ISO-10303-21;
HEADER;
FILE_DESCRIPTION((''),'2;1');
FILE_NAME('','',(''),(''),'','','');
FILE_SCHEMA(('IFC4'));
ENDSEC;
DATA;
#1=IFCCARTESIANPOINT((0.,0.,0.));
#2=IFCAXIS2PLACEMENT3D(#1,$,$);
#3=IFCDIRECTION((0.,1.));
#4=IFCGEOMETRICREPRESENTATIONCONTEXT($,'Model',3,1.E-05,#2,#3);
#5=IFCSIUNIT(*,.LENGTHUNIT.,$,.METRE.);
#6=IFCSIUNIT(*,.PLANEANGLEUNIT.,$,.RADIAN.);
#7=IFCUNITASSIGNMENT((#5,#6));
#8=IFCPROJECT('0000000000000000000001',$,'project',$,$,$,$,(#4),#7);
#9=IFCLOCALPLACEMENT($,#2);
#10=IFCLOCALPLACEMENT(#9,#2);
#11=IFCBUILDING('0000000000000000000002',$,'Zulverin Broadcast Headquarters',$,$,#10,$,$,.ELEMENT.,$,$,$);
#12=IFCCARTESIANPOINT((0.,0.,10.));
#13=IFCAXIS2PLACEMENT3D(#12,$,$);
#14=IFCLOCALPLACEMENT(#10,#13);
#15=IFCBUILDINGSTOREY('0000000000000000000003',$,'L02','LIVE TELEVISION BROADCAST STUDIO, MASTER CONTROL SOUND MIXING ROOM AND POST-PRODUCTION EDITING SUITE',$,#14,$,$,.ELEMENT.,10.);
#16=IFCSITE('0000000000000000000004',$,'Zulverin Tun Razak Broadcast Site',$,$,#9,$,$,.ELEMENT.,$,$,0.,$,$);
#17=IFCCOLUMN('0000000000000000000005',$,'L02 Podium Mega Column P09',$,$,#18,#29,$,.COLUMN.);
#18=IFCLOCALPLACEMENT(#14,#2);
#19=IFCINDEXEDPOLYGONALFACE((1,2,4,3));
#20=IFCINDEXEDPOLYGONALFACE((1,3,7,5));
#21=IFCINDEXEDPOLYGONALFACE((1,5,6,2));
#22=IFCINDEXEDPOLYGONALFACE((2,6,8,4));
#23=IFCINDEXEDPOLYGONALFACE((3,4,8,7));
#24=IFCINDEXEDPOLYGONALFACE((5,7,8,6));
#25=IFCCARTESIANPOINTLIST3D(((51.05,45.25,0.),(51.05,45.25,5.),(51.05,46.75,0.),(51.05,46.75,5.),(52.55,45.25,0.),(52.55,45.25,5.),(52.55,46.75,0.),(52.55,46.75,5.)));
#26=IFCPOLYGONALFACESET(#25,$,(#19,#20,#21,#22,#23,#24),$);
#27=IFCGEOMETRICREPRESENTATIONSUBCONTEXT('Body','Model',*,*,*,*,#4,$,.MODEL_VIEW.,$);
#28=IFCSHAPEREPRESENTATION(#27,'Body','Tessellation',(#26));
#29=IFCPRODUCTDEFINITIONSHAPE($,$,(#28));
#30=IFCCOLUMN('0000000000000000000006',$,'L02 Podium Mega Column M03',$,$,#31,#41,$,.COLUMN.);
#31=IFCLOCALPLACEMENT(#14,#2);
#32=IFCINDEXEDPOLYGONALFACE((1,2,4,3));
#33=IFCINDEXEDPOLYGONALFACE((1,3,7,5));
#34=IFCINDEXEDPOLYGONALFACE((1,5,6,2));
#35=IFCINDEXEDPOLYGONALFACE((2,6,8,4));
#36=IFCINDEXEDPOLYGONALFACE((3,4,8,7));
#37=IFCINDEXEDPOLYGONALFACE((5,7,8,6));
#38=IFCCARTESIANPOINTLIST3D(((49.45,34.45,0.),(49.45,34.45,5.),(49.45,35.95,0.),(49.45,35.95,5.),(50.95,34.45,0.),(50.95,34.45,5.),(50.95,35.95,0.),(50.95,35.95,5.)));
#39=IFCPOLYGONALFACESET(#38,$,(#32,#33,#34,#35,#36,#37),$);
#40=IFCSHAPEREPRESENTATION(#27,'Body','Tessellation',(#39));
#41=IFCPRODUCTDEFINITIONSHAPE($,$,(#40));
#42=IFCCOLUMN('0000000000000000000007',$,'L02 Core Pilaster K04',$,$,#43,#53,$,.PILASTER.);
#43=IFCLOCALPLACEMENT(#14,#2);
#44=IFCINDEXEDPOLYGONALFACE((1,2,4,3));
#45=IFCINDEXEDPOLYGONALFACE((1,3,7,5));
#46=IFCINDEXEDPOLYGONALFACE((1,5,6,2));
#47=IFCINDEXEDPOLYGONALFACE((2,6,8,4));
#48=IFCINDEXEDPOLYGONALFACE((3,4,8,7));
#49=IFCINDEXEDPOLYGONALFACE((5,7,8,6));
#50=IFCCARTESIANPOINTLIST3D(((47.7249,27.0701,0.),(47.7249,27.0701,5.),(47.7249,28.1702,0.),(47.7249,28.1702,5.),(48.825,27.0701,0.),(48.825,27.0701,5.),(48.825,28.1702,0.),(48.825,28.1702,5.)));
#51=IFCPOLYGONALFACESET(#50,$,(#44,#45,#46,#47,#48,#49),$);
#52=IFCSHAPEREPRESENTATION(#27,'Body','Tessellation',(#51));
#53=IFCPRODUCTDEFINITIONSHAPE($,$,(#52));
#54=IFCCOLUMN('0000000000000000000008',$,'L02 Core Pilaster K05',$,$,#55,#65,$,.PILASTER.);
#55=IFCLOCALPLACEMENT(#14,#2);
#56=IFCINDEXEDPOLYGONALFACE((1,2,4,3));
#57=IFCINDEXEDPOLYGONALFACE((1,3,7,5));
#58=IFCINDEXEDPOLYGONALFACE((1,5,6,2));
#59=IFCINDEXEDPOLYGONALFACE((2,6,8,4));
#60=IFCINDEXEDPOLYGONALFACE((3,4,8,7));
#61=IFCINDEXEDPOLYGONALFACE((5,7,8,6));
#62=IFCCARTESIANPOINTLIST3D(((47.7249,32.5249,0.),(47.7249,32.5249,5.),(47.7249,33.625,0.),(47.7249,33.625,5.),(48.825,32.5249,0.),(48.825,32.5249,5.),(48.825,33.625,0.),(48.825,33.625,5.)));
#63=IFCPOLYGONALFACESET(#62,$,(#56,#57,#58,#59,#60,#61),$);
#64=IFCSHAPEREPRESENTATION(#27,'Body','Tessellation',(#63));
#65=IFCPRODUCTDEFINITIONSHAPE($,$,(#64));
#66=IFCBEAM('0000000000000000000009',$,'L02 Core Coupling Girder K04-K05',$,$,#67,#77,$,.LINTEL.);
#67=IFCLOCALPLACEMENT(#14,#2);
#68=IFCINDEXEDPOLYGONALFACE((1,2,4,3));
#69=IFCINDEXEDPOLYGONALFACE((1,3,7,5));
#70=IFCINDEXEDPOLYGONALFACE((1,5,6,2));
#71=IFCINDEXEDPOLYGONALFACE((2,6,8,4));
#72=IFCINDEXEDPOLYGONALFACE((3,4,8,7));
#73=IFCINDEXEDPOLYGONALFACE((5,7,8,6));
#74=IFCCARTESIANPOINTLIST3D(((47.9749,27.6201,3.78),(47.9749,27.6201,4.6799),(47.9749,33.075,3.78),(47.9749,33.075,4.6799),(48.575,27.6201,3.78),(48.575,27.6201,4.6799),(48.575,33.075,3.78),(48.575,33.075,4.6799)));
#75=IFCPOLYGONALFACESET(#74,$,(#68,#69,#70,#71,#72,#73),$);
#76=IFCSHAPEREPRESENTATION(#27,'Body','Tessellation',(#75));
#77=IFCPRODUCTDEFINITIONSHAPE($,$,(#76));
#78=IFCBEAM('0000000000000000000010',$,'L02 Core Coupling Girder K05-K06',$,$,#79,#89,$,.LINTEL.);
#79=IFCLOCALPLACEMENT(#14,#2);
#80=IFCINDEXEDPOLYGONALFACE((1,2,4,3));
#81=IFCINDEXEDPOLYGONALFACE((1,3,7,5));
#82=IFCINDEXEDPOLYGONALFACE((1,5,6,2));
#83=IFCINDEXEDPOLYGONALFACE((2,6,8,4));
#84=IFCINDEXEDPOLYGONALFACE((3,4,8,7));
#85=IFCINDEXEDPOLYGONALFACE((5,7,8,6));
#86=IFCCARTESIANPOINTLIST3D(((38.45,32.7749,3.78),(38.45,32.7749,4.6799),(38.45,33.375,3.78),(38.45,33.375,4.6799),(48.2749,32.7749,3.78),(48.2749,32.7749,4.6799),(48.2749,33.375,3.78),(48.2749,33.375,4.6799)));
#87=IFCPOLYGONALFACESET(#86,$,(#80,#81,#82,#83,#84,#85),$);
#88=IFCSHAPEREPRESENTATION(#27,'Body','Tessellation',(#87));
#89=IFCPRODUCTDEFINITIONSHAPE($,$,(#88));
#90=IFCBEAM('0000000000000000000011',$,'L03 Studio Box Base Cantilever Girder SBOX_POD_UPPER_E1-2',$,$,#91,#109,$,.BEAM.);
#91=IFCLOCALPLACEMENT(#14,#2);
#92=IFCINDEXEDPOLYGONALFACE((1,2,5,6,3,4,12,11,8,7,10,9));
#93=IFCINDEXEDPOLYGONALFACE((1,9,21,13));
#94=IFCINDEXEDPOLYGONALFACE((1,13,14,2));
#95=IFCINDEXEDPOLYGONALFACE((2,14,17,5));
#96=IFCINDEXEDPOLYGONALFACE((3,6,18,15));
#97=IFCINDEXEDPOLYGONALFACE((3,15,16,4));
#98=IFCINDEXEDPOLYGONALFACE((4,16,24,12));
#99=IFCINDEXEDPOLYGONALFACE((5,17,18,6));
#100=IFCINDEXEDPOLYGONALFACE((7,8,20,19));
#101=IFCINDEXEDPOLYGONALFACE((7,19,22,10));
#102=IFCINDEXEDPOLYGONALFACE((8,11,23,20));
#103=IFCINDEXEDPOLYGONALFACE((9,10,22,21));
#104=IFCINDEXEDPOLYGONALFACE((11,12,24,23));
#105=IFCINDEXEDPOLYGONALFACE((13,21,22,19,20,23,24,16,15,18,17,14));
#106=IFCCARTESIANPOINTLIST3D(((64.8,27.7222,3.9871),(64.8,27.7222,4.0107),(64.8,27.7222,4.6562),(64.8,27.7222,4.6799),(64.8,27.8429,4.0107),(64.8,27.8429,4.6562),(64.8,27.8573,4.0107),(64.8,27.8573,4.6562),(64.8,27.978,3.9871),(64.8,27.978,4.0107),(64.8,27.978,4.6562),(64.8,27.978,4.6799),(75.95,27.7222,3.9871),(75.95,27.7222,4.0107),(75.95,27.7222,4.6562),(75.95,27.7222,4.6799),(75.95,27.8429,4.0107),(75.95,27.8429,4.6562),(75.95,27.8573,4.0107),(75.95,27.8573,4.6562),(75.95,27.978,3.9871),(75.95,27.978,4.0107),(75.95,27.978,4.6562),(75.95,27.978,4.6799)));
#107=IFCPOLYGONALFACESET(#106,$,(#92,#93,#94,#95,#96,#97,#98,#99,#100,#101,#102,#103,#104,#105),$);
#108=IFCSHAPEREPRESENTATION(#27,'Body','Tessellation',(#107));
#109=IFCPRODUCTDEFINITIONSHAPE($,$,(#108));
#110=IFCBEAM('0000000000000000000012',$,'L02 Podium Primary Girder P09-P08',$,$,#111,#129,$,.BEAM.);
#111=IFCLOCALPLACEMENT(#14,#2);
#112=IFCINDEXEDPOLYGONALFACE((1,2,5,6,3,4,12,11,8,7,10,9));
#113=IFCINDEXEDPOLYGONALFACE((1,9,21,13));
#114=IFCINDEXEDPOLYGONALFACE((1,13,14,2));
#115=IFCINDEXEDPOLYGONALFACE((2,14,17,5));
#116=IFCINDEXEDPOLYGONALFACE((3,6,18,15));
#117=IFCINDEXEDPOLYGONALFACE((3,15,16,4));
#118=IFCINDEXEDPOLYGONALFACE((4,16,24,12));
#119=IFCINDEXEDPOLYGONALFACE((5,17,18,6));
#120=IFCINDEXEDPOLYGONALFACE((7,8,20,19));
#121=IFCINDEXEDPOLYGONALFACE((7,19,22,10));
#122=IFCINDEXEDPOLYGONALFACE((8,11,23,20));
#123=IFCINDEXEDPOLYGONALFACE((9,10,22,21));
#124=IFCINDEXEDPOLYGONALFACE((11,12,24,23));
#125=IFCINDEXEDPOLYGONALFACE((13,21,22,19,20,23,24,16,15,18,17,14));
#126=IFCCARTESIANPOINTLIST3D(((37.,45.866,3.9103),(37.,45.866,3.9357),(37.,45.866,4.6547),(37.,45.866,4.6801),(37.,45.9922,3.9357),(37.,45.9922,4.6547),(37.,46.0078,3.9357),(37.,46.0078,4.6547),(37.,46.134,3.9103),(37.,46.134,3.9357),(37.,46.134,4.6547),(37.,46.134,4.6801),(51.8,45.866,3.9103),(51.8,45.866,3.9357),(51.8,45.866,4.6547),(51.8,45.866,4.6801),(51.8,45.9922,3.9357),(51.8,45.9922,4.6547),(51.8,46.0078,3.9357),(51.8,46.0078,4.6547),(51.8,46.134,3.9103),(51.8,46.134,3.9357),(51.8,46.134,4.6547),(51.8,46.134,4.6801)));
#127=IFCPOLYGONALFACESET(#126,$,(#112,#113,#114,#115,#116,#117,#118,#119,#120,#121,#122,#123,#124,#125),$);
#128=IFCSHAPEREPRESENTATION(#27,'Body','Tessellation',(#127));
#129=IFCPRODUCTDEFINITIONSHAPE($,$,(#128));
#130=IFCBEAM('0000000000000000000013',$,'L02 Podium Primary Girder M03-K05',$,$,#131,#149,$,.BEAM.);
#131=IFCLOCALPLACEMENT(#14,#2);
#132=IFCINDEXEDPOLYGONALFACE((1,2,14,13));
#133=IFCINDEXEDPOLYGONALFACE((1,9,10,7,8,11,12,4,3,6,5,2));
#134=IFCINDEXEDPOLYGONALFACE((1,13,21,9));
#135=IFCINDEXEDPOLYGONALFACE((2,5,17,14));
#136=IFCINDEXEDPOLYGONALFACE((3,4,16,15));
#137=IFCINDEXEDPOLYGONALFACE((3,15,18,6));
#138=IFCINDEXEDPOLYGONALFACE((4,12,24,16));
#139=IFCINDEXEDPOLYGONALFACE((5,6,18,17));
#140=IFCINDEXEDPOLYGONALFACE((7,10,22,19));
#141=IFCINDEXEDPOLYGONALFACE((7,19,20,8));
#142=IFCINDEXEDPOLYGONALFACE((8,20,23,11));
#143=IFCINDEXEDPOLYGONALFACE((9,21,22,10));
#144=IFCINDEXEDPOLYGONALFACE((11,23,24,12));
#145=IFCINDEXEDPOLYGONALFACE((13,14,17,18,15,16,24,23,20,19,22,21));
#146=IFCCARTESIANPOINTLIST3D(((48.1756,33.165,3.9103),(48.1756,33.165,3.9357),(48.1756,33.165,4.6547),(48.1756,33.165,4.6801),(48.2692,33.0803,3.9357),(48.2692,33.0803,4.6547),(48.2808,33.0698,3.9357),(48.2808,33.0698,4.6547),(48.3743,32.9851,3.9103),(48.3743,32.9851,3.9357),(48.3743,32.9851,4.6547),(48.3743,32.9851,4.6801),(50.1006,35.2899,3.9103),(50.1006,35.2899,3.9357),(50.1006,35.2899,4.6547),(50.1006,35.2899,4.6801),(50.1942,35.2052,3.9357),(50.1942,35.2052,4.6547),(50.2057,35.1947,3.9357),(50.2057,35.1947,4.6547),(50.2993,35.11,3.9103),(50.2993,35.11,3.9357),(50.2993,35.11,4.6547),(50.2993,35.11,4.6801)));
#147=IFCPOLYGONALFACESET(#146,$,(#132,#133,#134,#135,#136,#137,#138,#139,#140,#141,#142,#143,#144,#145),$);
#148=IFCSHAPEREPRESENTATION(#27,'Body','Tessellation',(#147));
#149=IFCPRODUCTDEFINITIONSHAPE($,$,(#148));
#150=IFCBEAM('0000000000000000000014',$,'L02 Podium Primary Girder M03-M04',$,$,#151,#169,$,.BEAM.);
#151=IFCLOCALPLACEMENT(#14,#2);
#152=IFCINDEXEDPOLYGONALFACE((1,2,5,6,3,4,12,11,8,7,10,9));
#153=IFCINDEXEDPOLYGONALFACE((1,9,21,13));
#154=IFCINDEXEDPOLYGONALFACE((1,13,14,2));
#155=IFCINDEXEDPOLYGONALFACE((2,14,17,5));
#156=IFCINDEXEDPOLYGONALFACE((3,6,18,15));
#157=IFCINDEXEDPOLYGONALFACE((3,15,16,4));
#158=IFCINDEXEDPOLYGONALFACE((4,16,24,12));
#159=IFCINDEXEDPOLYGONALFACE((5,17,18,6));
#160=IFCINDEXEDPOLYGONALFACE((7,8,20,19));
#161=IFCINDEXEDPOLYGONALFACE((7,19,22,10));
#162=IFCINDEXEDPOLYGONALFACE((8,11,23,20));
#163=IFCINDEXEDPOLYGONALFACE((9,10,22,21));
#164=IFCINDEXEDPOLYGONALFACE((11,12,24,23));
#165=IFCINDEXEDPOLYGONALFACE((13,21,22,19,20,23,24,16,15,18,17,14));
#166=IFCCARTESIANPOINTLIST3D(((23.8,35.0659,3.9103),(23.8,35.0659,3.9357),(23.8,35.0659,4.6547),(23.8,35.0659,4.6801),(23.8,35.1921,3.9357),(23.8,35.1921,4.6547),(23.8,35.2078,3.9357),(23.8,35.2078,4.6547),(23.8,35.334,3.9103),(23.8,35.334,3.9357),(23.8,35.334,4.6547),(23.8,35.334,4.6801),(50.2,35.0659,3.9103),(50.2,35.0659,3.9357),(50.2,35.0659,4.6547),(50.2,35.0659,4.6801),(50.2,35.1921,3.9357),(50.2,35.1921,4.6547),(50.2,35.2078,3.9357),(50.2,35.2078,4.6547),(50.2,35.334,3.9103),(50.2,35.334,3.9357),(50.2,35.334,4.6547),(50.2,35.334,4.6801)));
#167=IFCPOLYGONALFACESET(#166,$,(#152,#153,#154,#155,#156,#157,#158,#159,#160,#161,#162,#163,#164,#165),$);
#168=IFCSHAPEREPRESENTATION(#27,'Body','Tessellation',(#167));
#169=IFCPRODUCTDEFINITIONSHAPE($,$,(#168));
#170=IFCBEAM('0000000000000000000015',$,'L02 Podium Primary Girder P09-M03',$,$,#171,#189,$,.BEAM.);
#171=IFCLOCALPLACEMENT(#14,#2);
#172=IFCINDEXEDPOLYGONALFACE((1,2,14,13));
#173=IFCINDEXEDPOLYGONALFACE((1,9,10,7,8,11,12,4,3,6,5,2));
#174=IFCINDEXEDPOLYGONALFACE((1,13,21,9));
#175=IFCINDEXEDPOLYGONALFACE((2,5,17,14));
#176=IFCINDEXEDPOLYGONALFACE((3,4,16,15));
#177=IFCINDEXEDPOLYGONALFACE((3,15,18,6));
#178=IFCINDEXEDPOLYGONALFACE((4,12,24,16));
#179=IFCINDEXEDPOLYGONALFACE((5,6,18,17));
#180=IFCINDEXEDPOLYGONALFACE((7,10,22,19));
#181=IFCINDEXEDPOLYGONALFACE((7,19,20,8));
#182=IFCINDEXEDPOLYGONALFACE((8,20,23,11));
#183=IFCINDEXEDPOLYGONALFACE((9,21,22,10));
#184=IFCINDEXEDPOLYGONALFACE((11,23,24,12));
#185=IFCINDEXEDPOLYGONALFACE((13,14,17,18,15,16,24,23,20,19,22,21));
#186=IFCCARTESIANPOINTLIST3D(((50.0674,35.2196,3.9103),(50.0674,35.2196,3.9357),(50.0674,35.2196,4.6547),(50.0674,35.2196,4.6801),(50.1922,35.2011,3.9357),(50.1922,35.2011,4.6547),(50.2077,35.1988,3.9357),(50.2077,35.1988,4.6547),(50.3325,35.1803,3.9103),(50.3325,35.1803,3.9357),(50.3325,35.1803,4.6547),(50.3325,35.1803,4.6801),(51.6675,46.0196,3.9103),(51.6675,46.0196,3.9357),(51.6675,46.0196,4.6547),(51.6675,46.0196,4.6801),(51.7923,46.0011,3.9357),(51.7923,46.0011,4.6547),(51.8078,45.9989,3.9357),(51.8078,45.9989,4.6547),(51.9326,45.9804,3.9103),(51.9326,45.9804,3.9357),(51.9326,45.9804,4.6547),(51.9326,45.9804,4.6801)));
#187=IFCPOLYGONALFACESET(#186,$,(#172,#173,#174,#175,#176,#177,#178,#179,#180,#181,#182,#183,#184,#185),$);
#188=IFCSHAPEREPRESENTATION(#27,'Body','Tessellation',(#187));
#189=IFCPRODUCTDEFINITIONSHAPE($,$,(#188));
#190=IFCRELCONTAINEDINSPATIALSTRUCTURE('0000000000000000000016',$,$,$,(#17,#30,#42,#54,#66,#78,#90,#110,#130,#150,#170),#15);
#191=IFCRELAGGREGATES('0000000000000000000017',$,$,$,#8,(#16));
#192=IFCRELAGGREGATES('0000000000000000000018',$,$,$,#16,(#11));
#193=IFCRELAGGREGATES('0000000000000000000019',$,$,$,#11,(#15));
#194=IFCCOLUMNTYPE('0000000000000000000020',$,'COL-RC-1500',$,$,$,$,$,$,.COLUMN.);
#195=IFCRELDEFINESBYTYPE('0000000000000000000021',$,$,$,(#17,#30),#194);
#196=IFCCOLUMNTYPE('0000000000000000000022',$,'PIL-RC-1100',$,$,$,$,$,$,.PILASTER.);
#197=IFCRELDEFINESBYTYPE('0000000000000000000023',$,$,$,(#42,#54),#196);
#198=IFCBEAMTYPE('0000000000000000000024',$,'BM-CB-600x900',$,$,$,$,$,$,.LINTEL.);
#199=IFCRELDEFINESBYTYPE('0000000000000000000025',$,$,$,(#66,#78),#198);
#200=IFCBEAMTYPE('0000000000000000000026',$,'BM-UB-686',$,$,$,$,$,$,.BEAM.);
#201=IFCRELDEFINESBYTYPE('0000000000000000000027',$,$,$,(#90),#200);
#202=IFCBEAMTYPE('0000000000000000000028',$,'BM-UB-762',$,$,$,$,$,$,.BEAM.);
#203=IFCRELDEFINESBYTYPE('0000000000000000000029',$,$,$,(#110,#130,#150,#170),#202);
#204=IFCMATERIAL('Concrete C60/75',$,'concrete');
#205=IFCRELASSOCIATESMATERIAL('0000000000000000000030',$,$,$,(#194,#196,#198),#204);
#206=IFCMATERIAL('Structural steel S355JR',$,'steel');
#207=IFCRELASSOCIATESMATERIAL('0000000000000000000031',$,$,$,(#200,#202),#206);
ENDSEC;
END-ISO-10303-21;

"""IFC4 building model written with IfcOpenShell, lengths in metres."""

from ifc_helpers import new_model, si_unit, direction, frame, origin, origin_2d, place, context, subcontext, project, spatial, rectangle, i_section, extrude, material, material_profile, profile_set, type_object, element, save


model = new_model("IFC4")

# Units and contexts
model_context = context("Model", 3, precision=1e-05, world=origin(), true_north=direction((0.0, 1.0)))
body_context = subcontext(model_context, "Body", "Model", "MODEL_VIEW")
ifc_project = project(units=[si_unit("LENGTHUNIT", "METRE"), si_unit("PLANEANGLEUNIT", "RADIAN")], contexts=[model_context])

# Site, building, storey
site_placement = place(None, origin())
site = spatial("IfcSite", under=ifc_project, at=site_placement, Name="Zulverin Tun Razak Broadcast Site", CompositionType="ELEMENT", RefElevation=0.0)
building_placement = place(site_placement, origin())
building = spatial("IfcBuilding", under=site, at=building_placement, Name="Zulverin Broadcast Headquarters", CompositionType="ELEMENT")
storey_placement = place(building_placement, frame((0.0, 0.0, 10.0)))
storey = spatial("IfcBuildingStorey", under=building, at=storey_placement, Name="L02", Description="LIVE TELEVISION BROADCAST STUDIO, MASTER CONTROL SOUND MIXING ROOM AND POST-PRODUCTION EDITING SUITE", CompositionType="ELEMENT", Elevation=10.0)

# Columns
ifc_material_1 = material(Name="Concrete C60/75", Category="concrete")
ifc_material_profile_1 = material_profile(ifc_material_1, rectangle(XDim=1.5, YDim=1.5, at=origin_2d()), Name="Concrete C60/75", Category="concrete")
ifc_profile_set_1 = profile_set([ifc_material_profile_1], Name="Concrete C60/75")
column_type_1 = type_object("IfcColumnType", Name="COL-RC-1500", PredefinedType="COLUMN", material=ifc_profile_set_1)
for number, where, z_axis, x_axis, name in (
    (1, (51.8, 46.0, 0.0), (0.0, 0.0, 1.0), (1.0, 0.0, 0.0), "L02 Podium Mega Column P09"),
    (2, (50.2, 35.2, 0.0), (0.0, 0.0, 1.0), (1.0, 0.0, 0.0), "L02 Podium Mega Column M03"),
):
    element("IfcColumn", number, at=place(storey_placement, frame(where, z_axis=z_axis, x_axis=x_axis)), inside=storey, type_object=column_type_1, Name=name, PredefinedType="COLUMN", context=body_context, shape_type="SweptSolid", body=[
        extrude(rectangle(XDim=1.5, YDim=1.5, at=origin_2d()), origin(), (0.0, 0.0, 1.0), 5.0),
    ])
ifc_material_profile_2 = material_profile(ifc_material_1, rectangle(XDim=1.1001, YDim=1.1001, at=origin_2d()), Name="Concrete C60/75", Category="concrete")
ifc_profile_set_2 = profile_set([ifc_material_profile_2], Name="Concrete C60/75")
column_type_2 = type_object("IfcColumnType", Name="PIL-RC-1100", PredefinedType="PILASTER", material=ifc_profile_set_2)
for number, where, z_axis, x_axis, name in (
    (3, (48.2749, 27.6201, 0.0), (0.0, 0.0, 1.0), (1.0, 0.0, 0.0), "L02 Core Pilaster K04"),
    (4, (48.2749, 33.075, 0.0), (0.0, 0.0, 1.0), (1.0, 0.0, 0.0), "L02 Core Pilaster K05"),
):
    element("IfcColumn", number, at=place(storey_placement, frame(where, z_axis=z_axis, x_axis=x_axis)), inside=storey, type_object=column_type_2, Name=name, PredefinedType="PILASTER", context=body_context, shape_type="SweptSolid", body=[
        extrude(rectangle(XDim=1.1001, YDim=1.1001, at=origin_2d()), origin(), (0.0, 0.0, 1.0), 5.0),
    ])

# Beams
ifc_material_profile_3 = material_profile(ifc_material_1, rectangle(XDim=0.6001, YDim=0.8999, at=origin_2d()), Name="Concrete C60/75", Category="concrete")
ifc_profile_set_3 = profile_set([ifc_material_profile_3], Name="Concrete C60/75")
beam_type_1 = type_object("IfcBeamType", Name="BM-CB-600x900", PredefinedType="LINTEL", material=ifc_profile_set_3)
beam_1_placement = place(storey_placement, frame((48.2749, 27.6201, 4.23), z_axis=(0.0, 1.0, 0.0), x_axis=(-1.0, 0.0, 0.0)))
element("IfcBeam", 5, at=beam_1_placement, inside=storey, type_object=beam_type_1, Name="L02 Core Coupling Girder K04-K05", PredefinedType="LINTEL", context=body_context, shape_type="SweptSolid", body=[
    extrude(rectangle(XDim=0.6001, YDim=0.8999, at=origin_2d()), origin(), (0.0, 0.0, 1.0), 5.4548),
])
beam_2_placement = place(storey_placement, frame((48.2749, 33.075, 4.23), z_axis=(-1.0, 0.0, 0.0), x_axis=(0.0, -1.0, 0.0)))
element("IfcBeam", 6, at=beam_2_placement, inside=storey, type_object=beam_type_1, Name="L02 Core Coupling Girder K05-K06", PredefinedType="LINTEL", context=body_context, shape_type="SweptSolid", body=[
    extrude(rectangle(XDim=0.6001, YDim=0.8999, at=origin_2d()), origin(), (0.0, 0.0, 1.0), 9.825),
])
ifc_material_2 = material(Name="Structural steel S355JR", Category="steel")
ifc_material_profile_4 = material_profile(ifc_material_2, i_section(OverallWidth=0.2559, OverallDepth=0.6929, WebThickness=0.0144, FlangeThickness=0.0237, at=origin_2d()), Name="Structural steel S355JR", Category="steel")
ifc_profile_set_4 = profile_set([ifc_material_profile_4], Name="Structural steel S355JR")
beam_type_2 = type_object("IfcBeamType", Name="BM-UB-686", PredefinedType="BEAM", material=ifc_profile_set_4)
beam_3_placement = place(storey_placement, frame((64.8, 27.8501, 4.3335), z_axis=(1.0, 0.0, 0.0), x_axis=(0.0, 1.0, 0.0)))
element("IfcBeam", 7, at=beam_3_placement, inside=storey, type_object=beam_type_2, Name="L03 Studio Box Base Cantilever Girder SBOX_POD_UPPER_E1-2", PredefinedType="BEAM", context=body_context, shape_type="SweptSolid", body=[
    extrude(i_section(OverallWidth=0.2559, OverallDepth=0.6929, WebThickness=0.0144, FlangeThickness=0.0237, at=origin_2d()), origin(), (0.0, 0.0, 1.0), 11.1499),
])
ifc_material_profile_5 = material_profile(ifc_material_2, i_section(OverallWidth=0.2681, OverallDepth=0.7698, WebThickness=0.0156, FlangeThickness=0.0254, at=origin_2d()), Name="Structural steel S355JR", Category="steel")
ifc_profile_set_5 = profile_set([ifc_material_profile_5], Name="Structural steel S355JR")
beam_type_3 = type_object("IfcBeamType", Name="BM-UB-762", PredefinedType="BEAM", material=ifc_profile_set_5)
beam_4_placement = place(storey_placement, frame((51.8, 46.0, 4.2952), z_axis=(-1.0, 0.0, 0.0), x_axis=(0.0, -1.0, 0.0)))
element("IfcBeam", 8, at=beam_4_placement, inside=storey, type_object=beam_type_3, Name="L02 Podium Primary Girder P09-P08", PredefinedType="BEAM", context=body_context, shape_type="SweptSolid", body=[
    extrude(i_section(OverallWidth=0.2681, OverallDepth=0.7698, WebThickness=0.0156, FlangeThickness=0.0254, at=origin_2d()), origin(), (0.0, 0.0, 1.0), 14.8),
])
beam_5_placement = place(storey_placement, frame((50.2, 35.2, 4.2952), z_axis=(-0.671379, -0.741114, 0.0), x_axis=(0.741114, -0.671379, 0.0)))
element("IfcBeam", 9, at=beam_5_placement, inside=storey, type_object=beam_type_3, Name="L02 Podium Primary Girder M03-K05", PredefinedType="BEAM", context=body_context, shape_type="SweptSolid", body=[
    extrude(i_section(OverallWidth=0.2681, OverallDepth=0.7698, WebThickness=0.0156, FlangeThickness=0.0254, at=origin_2d()), origin(), (0.0, 0.0, 1.0), 2.8672),
])
beam_6_placement = place(storey_placement, frame((50.2, 35.2, 4.2952), z_axis=(-1.0, 0.0, 0.0), x_axis=(0.0, -1.0, 0.0)))
element("IfcBeam", 10, at=beam_6_placement, inside=storey, type_object=beam_type_3, Name="L02 Podium Primary Girder M03-M04", PredefinedType="BEAM", context=body_context, shape_type="SweptSolid", body=[
    extrude(i_section(OverallWidth=0.2681, OverallDepth=0.7698, WebThickness=0.0156, FlangeThickness=0.0254, at=origin_2d()), origin(), (0.0, 0.0, 1.0), 26.3999),
])
beam_7_placement = place(storey_placement, frame((51.8, 46.0, 4.2952), z_axis=(-0.146557, -0.989202, 0.0), x_axis=(0.989202, -0.146557, 0.0)))
element("IfcBeam", 11, at=beam_7_placement, inside=storey, type_object=beam_type_3, Name="L02 Podium Primary Girder P09-M03", PredefinedType="BEAM", context=body_context, shape_type="SweptSolid", body=[
    extrude(i_section(OverallWidth=0.2681, OverallDepth=0.7698, WebThickness=0.0156, FlangeThickness=0.0254, at=origin_2d()), origin(), (0.0, 0.0, 1.0), 10.918),
])

save(model, "model.ifc")
